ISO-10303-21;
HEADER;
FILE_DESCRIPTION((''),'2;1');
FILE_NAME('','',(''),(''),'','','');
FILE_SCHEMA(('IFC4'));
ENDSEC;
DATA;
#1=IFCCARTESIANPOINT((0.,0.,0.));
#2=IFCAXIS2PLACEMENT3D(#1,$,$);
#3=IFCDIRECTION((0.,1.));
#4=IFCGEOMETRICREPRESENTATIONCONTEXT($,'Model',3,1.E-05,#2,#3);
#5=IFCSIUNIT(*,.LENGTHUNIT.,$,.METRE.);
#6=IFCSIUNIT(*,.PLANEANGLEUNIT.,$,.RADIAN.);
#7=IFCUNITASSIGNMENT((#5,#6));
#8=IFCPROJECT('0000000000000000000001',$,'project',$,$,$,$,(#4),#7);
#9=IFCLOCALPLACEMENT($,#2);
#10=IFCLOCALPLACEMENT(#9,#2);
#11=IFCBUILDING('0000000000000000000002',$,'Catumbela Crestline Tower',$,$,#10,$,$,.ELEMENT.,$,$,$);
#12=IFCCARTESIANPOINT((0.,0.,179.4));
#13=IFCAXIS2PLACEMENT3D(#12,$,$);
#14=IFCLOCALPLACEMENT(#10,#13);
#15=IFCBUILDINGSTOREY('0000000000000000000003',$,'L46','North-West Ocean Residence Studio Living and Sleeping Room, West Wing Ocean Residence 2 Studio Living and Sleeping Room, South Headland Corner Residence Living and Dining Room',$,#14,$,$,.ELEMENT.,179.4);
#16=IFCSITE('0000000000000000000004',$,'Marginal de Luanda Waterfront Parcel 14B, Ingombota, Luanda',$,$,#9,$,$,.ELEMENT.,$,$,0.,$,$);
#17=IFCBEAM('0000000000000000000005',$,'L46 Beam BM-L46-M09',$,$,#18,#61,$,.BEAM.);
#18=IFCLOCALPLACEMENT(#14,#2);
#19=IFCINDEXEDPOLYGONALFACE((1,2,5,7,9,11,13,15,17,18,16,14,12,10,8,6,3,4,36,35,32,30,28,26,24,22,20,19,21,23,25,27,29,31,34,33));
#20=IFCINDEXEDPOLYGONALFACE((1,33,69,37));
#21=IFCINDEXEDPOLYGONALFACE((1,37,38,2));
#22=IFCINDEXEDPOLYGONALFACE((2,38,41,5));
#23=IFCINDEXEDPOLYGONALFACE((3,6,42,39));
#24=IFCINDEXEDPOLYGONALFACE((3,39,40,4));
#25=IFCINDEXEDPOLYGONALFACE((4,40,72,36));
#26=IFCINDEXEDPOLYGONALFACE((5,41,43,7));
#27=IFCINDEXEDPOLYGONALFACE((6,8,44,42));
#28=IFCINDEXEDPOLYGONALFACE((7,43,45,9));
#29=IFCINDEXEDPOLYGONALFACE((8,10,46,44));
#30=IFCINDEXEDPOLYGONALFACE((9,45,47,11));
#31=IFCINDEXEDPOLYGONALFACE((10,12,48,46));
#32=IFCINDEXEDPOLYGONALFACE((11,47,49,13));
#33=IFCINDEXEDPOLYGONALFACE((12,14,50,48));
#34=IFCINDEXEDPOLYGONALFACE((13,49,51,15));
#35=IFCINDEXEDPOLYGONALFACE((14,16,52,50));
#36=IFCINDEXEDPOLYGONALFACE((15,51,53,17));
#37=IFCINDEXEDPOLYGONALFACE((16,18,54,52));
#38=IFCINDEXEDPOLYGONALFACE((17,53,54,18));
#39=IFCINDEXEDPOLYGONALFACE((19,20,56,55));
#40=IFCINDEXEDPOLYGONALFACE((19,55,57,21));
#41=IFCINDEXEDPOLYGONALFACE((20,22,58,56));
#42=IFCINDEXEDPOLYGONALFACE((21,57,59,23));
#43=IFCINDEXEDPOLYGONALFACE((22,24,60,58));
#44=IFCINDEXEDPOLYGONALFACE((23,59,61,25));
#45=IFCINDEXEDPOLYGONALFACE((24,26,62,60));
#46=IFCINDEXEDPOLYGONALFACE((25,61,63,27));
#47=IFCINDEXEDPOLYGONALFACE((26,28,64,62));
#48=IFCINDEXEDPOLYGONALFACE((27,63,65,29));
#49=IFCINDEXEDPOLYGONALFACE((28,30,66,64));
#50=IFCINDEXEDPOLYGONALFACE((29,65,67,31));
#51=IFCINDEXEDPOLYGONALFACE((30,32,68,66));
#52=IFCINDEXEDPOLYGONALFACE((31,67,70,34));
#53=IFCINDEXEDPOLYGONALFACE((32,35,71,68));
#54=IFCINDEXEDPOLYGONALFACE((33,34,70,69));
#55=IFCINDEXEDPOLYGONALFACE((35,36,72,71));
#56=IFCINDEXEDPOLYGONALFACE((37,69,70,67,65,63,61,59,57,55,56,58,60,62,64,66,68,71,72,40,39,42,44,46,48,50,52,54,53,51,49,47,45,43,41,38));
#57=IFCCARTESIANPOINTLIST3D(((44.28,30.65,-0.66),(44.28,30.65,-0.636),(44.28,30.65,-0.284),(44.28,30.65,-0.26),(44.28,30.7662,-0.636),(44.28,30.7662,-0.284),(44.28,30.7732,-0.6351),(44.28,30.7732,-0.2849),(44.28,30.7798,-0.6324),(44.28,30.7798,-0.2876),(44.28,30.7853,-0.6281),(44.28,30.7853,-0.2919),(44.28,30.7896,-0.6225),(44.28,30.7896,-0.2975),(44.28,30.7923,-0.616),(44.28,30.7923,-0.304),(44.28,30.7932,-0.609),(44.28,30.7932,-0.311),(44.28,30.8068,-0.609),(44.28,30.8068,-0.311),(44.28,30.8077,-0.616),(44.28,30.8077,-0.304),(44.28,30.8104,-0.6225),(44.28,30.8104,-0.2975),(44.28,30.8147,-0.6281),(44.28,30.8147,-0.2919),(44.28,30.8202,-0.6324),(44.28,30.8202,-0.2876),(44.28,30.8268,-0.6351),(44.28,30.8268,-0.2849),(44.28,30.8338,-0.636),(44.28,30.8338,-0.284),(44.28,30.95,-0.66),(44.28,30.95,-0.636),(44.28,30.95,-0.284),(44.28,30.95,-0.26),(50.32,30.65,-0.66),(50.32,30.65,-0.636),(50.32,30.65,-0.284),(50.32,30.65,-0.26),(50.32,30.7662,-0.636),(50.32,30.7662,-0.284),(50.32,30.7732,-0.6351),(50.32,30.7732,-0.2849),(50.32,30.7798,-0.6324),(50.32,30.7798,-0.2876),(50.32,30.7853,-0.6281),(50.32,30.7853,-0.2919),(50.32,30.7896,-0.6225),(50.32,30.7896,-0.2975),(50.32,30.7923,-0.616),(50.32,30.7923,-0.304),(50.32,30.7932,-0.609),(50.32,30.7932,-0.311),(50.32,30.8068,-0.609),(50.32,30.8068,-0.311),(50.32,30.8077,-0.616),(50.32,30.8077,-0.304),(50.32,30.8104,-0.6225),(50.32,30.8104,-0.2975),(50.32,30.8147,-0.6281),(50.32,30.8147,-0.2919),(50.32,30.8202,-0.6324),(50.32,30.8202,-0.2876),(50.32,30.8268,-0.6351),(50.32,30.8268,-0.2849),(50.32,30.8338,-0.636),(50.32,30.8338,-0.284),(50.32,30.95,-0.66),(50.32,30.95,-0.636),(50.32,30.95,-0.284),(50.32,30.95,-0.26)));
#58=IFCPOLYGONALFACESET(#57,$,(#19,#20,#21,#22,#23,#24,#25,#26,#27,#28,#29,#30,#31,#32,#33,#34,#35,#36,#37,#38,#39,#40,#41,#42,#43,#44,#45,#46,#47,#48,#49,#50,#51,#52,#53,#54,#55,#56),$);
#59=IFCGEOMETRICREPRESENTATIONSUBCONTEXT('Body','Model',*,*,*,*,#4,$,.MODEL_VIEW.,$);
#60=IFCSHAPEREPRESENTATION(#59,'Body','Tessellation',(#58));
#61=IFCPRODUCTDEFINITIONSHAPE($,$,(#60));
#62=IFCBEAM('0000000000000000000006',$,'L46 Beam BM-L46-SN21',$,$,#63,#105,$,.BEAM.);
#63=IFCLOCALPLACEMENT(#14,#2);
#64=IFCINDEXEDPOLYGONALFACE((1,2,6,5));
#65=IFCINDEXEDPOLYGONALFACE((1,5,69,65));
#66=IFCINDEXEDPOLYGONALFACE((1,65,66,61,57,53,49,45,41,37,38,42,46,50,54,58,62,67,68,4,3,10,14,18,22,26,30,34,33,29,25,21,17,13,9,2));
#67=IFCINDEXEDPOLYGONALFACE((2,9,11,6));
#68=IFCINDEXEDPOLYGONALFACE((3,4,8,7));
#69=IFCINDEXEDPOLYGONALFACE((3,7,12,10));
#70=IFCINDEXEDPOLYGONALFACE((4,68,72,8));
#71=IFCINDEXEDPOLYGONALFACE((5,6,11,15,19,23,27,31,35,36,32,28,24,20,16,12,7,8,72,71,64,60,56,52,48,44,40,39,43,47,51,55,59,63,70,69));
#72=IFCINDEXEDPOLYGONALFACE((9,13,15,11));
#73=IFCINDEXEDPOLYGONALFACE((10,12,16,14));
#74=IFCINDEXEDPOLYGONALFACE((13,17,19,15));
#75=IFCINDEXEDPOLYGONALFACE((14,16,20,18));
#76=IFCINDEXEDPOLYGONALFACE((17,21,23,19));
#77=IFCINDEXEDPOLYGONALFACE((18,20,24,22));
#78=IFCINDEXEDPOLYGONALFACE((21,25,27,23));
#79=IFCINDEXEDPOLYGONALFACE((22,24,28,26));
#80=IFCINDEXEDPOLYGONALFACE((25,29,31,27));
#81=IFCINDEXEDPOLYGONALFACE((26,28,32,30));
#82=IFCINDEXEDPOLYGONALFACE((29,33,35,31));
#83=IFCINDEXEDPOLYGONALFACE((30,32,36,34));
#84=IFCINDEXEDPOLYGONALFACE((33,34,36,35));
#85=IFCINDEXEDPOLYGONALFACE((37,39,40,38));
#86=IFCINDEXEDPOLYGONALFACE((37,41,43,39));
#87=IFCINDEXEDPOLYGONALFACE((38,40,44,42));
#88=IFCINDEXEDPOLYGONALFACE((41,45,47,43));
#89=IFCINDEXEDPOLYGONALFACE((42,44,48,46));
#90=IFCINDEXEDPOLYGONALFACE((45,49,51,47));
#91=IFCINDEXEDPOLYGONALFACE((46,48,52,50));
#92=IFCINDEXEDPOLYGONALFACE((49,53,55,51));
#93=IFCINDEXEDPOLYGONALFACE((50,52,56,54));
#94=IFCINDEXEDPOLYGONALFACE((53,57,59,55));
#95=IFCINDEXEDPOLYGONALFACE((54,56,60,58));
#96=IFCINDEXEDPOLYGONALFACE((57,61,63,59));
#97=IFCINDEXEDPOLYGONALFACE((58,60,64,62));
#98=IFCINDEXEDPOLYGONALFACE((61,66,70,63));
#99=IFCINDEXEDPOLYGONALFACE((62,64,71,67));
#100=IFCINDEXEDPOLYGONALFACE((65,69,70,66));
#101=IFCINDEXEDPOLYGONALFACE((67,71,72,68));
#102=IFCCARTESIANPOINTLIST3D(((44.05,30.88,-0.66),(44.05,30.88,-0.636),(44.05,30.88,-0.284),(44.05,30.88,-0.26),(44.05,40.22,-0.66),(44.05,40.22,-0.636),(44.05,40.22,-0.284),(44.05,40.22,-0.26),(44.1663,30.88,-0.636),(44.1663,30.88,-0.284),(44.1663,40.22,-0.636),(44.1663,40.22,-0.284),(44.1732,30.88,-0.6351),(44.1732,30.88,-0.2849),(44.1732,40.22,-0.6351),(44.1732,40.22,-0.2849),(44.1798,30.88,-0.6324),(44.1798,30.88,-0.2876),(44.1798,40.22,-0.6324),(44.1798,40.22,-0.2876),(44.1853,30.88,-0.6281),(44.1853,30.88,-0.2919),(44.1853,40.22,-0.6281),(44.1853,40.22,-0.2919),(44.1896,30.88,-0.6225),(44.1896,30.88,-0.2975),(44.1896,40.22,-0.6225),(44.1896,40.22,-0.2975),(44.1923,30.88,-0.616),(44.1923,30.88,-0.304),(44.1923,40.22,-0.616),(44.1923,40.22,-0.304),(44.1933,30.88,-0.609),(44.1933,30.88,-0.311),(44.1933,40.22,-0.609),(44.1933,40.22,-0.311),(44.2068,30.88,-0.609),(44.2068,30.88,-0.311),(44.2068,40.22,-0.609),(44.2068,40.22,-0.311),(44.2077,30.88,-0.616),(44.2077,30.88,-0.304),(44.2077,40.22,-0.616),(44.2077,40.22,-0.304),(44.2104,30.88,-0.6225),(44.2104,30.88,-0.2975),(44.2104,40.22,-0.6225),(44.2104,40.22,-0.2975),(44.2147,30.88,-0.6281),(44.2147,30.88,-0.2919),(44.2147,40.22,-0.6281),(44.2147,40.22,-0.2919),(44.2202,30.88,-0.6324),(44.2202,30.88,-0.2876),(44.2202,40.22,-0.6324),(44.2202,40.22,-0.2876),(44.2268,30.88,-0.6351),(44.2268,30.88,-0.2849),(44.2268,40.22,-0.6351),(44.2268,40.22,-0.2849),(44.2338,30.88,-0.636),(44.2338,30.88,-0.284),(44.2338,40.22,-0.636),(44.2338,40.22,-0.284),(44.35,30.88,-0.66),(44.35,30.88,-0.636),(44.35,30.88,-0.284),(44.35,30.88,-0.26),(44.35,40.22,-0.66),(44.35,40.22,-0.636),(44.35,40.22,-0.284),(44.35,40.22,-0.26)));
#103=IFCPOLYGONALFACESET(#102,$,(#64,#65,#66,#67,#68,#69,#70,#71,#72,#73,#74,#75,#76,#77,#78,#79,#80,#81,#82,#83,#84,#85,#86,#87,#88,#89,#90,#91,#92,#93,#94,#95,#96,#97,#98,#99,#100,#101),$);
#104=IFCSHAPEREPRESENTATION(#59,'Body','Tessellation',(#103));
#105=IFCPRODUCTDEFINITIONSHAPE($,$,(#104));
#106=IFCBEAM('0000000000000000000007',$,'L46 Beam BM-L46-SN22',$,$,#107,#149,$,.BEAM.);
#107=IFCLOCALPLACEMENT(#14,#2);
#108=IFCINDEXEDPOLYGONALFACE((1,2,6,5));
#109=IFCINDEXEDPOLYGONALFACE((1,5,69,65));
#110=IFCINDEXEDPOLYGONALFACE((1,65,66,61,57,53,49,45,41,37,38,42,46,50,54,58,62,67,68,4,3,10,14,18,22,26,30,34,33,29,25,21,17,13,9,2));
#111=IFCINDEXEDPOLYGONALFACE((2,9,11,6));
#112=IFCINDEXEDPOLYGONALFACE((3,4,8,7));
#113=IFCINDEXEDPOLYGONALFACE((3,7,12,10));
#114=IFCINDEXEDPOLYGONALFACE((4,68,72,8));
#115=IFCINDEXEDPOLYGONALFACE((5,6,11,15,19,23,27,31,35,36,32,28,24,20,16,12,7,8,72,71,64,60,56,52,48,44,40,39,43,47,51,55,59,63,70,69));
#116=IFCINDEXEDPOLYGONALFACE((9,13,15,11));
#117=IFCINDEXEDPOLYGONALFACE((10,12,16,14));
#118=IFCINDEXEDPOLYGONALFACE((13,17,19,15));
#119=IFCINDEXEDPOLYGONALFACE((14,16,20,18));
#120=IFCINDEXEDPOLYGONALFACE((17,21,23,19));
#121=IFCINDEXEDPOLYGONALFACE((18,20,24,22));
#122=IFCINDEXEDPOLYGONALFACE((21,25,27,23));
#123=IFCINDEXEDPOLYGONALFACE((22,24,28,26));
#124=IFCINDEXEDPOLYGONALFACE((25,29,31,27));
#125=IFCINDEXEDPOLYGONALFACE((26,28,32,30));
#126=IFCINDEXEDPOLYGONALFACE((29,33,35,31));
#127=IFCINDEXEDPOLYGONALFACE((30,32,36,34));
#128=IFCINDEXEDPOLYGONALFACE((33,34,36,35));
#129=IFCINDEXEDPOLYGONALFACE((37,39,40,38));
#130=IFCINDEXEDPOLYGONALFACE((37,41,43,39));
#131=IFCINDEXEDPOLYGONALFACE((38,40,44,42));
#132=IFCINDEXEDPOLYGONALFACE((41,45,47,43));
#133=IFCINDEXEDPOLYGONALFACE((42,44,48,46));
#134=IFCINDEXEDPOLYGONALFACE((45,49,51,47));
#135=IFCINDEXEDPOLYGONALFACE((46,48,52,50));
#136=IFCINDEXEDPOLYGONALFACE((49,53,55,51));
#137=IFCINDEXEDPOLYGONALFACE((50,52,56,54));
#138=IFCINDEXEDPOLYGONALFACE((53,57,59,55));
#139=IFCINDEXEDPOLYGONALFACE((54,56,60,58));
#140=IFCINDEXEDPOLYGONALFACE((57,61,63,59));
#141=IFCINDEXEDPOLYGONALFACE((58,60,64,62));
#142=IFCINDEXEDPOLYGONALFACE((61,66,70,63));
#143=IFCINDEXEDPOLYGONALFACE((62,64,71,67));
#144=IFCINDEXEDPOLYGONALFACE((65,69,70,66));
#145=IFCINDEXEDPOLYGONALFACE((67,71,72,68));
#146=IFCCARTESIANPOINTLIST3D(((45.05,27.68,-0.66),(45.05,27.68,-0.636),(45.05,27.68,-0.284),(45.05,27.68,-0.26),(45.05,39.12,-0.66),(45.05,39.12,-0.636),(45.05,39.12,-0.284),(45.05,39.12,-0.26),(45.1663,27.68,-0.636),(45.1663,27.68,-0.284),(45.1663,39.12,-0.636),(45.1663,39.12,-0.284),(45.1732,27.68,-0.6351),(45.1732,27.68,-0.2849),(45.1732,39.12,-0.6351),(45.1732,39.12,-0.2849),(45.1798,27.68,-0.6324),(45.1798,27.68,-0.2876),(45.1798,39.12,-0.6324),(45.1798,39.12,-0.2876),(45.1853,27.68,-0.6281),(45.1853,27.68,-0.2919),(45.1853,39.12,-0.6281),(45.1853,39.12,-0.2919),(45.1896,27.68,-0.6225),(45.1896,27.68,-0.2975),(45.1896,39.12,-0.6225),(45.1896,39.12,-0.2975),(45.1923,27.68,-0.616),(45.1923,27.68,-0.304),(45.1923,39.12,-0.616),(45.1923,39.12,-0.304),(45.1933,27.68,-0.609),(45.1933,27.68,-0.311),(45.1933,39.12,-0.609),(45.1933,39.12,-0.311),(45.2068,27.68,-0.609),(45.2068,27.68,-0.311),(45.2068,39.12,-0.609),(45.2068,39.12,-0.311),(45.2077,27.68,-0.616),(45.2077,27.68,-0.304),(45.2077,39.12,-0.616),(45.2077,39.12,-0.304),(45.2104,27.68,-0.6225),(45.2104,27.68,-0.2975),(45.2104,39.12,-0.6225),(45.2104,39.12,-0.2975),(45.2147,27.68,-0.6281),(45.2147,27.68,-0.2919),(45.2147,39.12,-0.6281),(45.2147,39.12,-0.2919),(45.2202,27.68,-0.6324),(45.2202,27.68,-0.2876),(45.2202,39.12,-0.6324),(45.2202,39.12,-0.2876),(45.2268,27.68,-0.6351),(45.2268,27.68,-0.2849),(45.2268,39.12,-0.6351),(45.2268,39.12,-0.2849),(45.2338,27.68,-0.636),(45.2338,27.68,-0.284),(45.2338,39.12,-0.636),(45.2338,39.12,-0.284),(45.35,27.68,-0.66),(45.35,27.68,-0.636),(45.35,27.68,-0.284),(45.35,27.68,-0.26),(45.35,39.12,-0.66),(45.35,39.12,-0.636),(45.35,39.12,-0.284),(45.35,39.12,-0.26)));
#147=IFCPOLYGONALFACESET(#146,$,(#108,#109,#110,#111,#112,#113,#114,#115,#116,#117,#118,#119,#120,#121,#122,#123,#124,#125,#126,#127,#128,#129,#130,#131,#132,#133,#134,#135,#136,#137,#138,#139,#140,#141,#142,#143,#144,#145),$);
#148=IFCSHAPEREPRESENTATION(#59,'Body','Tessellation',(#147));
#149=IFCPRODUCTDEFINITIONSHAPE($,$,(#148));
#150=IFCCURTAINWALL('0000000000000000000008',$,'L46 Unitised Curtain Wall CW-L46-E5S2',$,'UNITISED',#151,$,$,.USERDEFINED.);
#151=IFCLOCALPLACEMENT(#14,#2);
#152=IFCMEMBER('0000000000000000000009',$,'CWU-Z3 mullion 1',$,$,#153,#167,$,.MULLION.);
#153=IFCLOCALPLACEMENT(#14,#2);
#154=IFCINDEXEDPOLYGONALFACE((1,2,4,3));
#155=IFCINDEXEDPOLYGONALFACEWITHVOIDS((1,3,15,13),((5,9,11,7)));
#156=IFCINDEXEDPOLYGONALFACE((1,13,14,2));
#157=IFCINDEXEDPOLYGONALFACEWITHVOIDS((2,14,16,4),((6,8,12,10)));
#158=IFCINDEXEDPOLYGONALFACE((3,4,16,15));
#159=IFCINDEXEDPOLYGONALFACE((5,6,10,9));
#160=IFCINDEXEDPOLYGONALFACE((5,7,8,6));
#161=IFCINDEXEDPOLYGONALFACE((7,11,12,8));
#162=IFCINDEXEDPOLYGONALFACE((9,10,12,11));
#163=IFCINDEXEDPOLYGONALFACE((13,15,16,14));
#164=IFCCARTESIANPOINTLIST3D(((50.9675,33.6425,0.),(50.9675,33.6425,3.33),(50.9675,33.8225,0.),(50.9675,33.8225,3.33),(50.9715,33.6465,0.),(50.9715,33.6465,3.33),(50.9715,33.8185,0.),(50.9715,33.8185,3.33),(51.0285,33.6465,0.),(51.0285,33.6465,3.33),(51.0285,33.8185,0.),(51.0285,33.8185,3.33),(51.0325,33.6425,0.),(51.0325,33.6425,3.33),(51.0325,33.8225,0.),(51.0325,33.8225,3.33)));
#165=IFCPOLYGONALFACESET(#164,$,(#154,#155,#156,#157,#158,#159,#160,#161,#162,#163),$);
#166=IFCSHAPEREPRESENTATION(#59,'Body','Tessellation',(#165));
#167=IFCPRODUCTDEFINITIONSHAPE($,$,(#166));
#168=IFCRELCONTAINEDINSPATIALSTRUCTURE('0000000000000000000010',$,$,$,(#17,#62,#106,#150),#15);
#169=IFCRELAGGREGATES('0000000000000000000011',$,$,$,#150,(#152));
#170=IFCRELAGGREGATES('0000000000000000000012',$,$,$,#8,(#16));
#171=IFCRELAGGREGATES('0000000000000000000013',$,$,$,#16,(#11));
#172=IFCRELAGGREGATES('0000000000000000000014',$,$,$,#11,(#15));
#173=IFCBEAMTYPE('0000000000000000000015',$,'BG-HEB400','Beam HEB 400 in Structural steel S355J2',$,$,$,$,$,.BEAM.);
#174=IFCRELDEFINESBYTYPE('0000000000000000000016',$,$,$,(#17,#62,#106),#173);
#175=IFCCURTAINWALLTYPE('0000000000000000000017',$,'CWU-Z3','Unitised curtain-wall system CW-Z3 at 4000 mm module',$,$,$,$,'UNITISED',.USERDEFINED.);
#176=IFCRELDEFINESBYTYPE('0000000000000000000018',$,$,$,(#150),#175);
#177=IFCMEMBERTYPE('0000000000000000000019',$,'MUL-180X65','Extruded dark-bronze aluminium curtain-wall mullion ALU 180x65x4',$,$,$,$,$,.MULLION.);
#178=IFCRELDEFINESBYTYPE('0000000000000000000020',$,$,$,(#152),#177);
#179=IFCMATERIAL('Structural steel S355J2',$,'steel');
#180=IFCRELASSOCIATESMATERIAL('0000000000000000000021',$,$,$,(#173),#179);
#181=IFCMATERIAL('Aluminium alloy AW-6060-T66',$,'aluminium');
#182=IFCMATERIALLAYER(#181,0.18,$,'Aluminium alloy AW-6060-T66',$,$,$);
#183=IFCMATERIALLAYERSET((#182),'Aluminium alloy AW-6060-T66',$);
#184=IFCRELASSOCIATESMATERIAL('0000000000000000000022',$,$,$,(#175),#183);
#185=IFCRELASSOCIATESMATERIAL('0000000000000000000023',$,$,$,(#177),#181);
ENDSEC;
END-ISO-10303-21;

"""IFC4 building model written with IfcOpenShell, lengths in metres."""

from ifc_helpers import new_model, si_unit, direction, frame, origin, origin_2d, place, context, subcontext, project, spatial, hollow_rectangle, i_section, extrude, material, layer, layer_set, material_profile, profile_set, type_object, element, aggregate, save


model = new_model("IFC4")

# Units and contexts
model_context = context("Model", 3, precision=1e-05, world=origin(), true_north=direction((0.0, 1.0)))
body_context = subcontext(model_context, "Body", "Model", "MODEL_VIEW")
ifc_project = project(units=[si_unit("LENGTHUNIT", "METRE"), si_unit("PLANEANGLEUNIT", "RADIAN")], contexts=[model_context])

# Site, building, storey
site_placement = place(None, origin())
site = spatial("IfcSite", under=ifc_project, at=site_placement, Name="Marginal de Luanda Waterfront Parcel 14B, Ingombota, Luanda", CompositionType="ELEMENT", RefElevation=0.0)
building_placement = place(site_placement, origin())
building = spatial("IfcBuilding", under=site, at=building_placement, Name="Catumbela Crestline Tower", CompositionType="ELEMENT")
storey_placement = place(building_placement, frame((0.0, 0.0, 179.4)))
storey = spatial("IfcBuildingStorey", under=building, at=storey_placement, Name="L46", Description="North-West Ocean Residence Studio Living and Sleeping Room, West Wing Ocean Residence 2 Studio Living and Sleeping Room, South Headland Corner Residence Living and Dining Room", CompositionType="ELEMENT", Elevation=179.4)

# Shared definitions
ifc_material_1 = material(Name="Structural steel S355J2", Category="steel")

# Beams
ifc_material_profile_1 = material_profile(ifc_material_1, i_section(OverallWidth=0.3, OverallDepth=0.4, WebThickness=0.0135, FlangeThickness=0.024, FilletRadius=0.027, at=origin_2d()), Name="HEB 400")
ifc_profile_set_1 = profile_set([ifc_material_profile_1], Name="Structural steel S355J2")
beam_type_1 = type_object("IfcBeamType", Name="BG-HEB400", Description="Beam HEB 400 in Structural steel S355J2", PredefinedType="BEAM", material=ifc_profile_set_1)
beam_1_placement = place(storey_placement, frame((44.28, 30.8, -0.46), z_axis=(1.0, 0.0, 0.0), x_axis=(0.0, 1.0, 0.0)))
element("IfcBeam", 1, at=beam_1_placement, inside=storey, type_object=beam_type_1, Name="L46 Beam BM-L46-M09", PredefinedType="BEAM", context=body_context, shape_type="SweptSolid", body=[
    extrude(i_section(OverallWidth=0.3, OverallDepth=0.4, WebThickness=0.0135, FlangeThickness=0.024, FilletRadius=0.027, at=origin_2d()), origin(), (0.0, 0.0, 1.0), 6.04),
])
beam_2_placement = place(storey_placement, frame((44.2, 30.88, -0.46), z_axis=(0.0, 1.0, 0.0), x_axis=(-1.0, 0.0, 0.0)))
element("IfcBeam", 2, at=beam_2_placement, inside=storey, type_object=beam_type_1, Name="L46 Beam BM-L46-SN21", PredefinedType="BEAM", context=body_context, shape_type="SweptSolid", body=[
    extrude(i_section(OverallWidth=0.3, OverallDepth=0.4, WebThickness=0.0135, FlangeThickness=0.024, FilletRadius=0.027, at=origin_2d()), origin(), (0.0, 0.0, 1.0), 9.34),
])
beam_3_placement = place(storey_placement, frame((45.2, 27.68, -0.46), z_axis=(0.0, 1.0, 0.0), x_axis=(-1.0, 0.0, 0.0)))
element("IfcBeam", 3, at=beam_3_placement, inside=storey, type_object=beam_type_1, Name="L46 Beam BM-L46-SN22", PredefinedType="BEAM", context=body_context, shape_type="SweptSolid", body=[
    extrude(i_section(OverallWidth=0.3, OverallDepth=0.4, WebThickness=0.0135, FlangeThickness=0.024, FilletRadius=0.027, at=origin_2d()), origin(), (0.0, 0.0, 1.0), 11.44),
])

# Curtain wall, member
ifc_material_2 = material(Name="Aluminium alloy AW-6060-T66", Category="aluminium")
ifc_layer_1 = layer(ifc_material_2, 0.18, Name="Aluminium alloy AW-6060-T66")
ifc_layer_set_1 = layer_set([ifc_layer_1], Name="Aluminium alloy AW-6060-T66")
curtain_wall_type = type_object("IfcCurtainWallType", Name="CWU-Z3", Description="Unitised curtain-wall system CW-Z3 at 4000 mm module", ElementType="UNITISED", PredefinedType="USERDEFINED", material=ifc_layer_set_1)
curtain_wall_placement = place(storey_placement, origin())
curtain_wall = element("IfcCurtainWall", 4, at=curtain_wall_placement, inside=storey, type_object=curtain_wall_type, Name="L46 Unitised Curtain Wall CW-L46-E5S2", ObjectType="UNITISED", PredefinedType="USERDEFINED")
ifc_material_profile_2 = material_profile(ifc_material_2, hollow_rectangle(XDim=0.065, YDim=0.18, WallThickness=0.004, at=origin_2d()), Name="ALU 180x65x4")
ifc_profile_set_2 = profile_set([ifc_material_profile_2], Name="Aluminium alloy AW-6060-T66")
member_type_1 = type_object("IfcMemberType", Name="MUL-180X65", Description="Extruded dark-bronze aluminium curtain-wall mullion ALU 180x65x4", PredefinedType="MULLION", material=ifc_profile_set_2)
member_1_placement = place(storey_placement, frame((51.0, 33.7325, 0.0), z_axis=(0.0, 0.0, 1.0), x_axis=(-1.0, 0.0, 0.0)))
member_1 = element("IfcMember", 5, at=member_1_placement, type_object=member_type_1, Name="CWU-Z3 mullion 1", PredefinedType="MULLION", context=body_context, shape_type="SweptSolid", body=[
    extrude(hollow_rectangle(XDim=0.065, YDim=0.18, WallThickness=0.004, at=origin_2d()), origin(), (0.0, 0.0, 1.0), 3.33),
])

aggregate(curtain_wall, [member_1])

save(model, "model.ifc")
